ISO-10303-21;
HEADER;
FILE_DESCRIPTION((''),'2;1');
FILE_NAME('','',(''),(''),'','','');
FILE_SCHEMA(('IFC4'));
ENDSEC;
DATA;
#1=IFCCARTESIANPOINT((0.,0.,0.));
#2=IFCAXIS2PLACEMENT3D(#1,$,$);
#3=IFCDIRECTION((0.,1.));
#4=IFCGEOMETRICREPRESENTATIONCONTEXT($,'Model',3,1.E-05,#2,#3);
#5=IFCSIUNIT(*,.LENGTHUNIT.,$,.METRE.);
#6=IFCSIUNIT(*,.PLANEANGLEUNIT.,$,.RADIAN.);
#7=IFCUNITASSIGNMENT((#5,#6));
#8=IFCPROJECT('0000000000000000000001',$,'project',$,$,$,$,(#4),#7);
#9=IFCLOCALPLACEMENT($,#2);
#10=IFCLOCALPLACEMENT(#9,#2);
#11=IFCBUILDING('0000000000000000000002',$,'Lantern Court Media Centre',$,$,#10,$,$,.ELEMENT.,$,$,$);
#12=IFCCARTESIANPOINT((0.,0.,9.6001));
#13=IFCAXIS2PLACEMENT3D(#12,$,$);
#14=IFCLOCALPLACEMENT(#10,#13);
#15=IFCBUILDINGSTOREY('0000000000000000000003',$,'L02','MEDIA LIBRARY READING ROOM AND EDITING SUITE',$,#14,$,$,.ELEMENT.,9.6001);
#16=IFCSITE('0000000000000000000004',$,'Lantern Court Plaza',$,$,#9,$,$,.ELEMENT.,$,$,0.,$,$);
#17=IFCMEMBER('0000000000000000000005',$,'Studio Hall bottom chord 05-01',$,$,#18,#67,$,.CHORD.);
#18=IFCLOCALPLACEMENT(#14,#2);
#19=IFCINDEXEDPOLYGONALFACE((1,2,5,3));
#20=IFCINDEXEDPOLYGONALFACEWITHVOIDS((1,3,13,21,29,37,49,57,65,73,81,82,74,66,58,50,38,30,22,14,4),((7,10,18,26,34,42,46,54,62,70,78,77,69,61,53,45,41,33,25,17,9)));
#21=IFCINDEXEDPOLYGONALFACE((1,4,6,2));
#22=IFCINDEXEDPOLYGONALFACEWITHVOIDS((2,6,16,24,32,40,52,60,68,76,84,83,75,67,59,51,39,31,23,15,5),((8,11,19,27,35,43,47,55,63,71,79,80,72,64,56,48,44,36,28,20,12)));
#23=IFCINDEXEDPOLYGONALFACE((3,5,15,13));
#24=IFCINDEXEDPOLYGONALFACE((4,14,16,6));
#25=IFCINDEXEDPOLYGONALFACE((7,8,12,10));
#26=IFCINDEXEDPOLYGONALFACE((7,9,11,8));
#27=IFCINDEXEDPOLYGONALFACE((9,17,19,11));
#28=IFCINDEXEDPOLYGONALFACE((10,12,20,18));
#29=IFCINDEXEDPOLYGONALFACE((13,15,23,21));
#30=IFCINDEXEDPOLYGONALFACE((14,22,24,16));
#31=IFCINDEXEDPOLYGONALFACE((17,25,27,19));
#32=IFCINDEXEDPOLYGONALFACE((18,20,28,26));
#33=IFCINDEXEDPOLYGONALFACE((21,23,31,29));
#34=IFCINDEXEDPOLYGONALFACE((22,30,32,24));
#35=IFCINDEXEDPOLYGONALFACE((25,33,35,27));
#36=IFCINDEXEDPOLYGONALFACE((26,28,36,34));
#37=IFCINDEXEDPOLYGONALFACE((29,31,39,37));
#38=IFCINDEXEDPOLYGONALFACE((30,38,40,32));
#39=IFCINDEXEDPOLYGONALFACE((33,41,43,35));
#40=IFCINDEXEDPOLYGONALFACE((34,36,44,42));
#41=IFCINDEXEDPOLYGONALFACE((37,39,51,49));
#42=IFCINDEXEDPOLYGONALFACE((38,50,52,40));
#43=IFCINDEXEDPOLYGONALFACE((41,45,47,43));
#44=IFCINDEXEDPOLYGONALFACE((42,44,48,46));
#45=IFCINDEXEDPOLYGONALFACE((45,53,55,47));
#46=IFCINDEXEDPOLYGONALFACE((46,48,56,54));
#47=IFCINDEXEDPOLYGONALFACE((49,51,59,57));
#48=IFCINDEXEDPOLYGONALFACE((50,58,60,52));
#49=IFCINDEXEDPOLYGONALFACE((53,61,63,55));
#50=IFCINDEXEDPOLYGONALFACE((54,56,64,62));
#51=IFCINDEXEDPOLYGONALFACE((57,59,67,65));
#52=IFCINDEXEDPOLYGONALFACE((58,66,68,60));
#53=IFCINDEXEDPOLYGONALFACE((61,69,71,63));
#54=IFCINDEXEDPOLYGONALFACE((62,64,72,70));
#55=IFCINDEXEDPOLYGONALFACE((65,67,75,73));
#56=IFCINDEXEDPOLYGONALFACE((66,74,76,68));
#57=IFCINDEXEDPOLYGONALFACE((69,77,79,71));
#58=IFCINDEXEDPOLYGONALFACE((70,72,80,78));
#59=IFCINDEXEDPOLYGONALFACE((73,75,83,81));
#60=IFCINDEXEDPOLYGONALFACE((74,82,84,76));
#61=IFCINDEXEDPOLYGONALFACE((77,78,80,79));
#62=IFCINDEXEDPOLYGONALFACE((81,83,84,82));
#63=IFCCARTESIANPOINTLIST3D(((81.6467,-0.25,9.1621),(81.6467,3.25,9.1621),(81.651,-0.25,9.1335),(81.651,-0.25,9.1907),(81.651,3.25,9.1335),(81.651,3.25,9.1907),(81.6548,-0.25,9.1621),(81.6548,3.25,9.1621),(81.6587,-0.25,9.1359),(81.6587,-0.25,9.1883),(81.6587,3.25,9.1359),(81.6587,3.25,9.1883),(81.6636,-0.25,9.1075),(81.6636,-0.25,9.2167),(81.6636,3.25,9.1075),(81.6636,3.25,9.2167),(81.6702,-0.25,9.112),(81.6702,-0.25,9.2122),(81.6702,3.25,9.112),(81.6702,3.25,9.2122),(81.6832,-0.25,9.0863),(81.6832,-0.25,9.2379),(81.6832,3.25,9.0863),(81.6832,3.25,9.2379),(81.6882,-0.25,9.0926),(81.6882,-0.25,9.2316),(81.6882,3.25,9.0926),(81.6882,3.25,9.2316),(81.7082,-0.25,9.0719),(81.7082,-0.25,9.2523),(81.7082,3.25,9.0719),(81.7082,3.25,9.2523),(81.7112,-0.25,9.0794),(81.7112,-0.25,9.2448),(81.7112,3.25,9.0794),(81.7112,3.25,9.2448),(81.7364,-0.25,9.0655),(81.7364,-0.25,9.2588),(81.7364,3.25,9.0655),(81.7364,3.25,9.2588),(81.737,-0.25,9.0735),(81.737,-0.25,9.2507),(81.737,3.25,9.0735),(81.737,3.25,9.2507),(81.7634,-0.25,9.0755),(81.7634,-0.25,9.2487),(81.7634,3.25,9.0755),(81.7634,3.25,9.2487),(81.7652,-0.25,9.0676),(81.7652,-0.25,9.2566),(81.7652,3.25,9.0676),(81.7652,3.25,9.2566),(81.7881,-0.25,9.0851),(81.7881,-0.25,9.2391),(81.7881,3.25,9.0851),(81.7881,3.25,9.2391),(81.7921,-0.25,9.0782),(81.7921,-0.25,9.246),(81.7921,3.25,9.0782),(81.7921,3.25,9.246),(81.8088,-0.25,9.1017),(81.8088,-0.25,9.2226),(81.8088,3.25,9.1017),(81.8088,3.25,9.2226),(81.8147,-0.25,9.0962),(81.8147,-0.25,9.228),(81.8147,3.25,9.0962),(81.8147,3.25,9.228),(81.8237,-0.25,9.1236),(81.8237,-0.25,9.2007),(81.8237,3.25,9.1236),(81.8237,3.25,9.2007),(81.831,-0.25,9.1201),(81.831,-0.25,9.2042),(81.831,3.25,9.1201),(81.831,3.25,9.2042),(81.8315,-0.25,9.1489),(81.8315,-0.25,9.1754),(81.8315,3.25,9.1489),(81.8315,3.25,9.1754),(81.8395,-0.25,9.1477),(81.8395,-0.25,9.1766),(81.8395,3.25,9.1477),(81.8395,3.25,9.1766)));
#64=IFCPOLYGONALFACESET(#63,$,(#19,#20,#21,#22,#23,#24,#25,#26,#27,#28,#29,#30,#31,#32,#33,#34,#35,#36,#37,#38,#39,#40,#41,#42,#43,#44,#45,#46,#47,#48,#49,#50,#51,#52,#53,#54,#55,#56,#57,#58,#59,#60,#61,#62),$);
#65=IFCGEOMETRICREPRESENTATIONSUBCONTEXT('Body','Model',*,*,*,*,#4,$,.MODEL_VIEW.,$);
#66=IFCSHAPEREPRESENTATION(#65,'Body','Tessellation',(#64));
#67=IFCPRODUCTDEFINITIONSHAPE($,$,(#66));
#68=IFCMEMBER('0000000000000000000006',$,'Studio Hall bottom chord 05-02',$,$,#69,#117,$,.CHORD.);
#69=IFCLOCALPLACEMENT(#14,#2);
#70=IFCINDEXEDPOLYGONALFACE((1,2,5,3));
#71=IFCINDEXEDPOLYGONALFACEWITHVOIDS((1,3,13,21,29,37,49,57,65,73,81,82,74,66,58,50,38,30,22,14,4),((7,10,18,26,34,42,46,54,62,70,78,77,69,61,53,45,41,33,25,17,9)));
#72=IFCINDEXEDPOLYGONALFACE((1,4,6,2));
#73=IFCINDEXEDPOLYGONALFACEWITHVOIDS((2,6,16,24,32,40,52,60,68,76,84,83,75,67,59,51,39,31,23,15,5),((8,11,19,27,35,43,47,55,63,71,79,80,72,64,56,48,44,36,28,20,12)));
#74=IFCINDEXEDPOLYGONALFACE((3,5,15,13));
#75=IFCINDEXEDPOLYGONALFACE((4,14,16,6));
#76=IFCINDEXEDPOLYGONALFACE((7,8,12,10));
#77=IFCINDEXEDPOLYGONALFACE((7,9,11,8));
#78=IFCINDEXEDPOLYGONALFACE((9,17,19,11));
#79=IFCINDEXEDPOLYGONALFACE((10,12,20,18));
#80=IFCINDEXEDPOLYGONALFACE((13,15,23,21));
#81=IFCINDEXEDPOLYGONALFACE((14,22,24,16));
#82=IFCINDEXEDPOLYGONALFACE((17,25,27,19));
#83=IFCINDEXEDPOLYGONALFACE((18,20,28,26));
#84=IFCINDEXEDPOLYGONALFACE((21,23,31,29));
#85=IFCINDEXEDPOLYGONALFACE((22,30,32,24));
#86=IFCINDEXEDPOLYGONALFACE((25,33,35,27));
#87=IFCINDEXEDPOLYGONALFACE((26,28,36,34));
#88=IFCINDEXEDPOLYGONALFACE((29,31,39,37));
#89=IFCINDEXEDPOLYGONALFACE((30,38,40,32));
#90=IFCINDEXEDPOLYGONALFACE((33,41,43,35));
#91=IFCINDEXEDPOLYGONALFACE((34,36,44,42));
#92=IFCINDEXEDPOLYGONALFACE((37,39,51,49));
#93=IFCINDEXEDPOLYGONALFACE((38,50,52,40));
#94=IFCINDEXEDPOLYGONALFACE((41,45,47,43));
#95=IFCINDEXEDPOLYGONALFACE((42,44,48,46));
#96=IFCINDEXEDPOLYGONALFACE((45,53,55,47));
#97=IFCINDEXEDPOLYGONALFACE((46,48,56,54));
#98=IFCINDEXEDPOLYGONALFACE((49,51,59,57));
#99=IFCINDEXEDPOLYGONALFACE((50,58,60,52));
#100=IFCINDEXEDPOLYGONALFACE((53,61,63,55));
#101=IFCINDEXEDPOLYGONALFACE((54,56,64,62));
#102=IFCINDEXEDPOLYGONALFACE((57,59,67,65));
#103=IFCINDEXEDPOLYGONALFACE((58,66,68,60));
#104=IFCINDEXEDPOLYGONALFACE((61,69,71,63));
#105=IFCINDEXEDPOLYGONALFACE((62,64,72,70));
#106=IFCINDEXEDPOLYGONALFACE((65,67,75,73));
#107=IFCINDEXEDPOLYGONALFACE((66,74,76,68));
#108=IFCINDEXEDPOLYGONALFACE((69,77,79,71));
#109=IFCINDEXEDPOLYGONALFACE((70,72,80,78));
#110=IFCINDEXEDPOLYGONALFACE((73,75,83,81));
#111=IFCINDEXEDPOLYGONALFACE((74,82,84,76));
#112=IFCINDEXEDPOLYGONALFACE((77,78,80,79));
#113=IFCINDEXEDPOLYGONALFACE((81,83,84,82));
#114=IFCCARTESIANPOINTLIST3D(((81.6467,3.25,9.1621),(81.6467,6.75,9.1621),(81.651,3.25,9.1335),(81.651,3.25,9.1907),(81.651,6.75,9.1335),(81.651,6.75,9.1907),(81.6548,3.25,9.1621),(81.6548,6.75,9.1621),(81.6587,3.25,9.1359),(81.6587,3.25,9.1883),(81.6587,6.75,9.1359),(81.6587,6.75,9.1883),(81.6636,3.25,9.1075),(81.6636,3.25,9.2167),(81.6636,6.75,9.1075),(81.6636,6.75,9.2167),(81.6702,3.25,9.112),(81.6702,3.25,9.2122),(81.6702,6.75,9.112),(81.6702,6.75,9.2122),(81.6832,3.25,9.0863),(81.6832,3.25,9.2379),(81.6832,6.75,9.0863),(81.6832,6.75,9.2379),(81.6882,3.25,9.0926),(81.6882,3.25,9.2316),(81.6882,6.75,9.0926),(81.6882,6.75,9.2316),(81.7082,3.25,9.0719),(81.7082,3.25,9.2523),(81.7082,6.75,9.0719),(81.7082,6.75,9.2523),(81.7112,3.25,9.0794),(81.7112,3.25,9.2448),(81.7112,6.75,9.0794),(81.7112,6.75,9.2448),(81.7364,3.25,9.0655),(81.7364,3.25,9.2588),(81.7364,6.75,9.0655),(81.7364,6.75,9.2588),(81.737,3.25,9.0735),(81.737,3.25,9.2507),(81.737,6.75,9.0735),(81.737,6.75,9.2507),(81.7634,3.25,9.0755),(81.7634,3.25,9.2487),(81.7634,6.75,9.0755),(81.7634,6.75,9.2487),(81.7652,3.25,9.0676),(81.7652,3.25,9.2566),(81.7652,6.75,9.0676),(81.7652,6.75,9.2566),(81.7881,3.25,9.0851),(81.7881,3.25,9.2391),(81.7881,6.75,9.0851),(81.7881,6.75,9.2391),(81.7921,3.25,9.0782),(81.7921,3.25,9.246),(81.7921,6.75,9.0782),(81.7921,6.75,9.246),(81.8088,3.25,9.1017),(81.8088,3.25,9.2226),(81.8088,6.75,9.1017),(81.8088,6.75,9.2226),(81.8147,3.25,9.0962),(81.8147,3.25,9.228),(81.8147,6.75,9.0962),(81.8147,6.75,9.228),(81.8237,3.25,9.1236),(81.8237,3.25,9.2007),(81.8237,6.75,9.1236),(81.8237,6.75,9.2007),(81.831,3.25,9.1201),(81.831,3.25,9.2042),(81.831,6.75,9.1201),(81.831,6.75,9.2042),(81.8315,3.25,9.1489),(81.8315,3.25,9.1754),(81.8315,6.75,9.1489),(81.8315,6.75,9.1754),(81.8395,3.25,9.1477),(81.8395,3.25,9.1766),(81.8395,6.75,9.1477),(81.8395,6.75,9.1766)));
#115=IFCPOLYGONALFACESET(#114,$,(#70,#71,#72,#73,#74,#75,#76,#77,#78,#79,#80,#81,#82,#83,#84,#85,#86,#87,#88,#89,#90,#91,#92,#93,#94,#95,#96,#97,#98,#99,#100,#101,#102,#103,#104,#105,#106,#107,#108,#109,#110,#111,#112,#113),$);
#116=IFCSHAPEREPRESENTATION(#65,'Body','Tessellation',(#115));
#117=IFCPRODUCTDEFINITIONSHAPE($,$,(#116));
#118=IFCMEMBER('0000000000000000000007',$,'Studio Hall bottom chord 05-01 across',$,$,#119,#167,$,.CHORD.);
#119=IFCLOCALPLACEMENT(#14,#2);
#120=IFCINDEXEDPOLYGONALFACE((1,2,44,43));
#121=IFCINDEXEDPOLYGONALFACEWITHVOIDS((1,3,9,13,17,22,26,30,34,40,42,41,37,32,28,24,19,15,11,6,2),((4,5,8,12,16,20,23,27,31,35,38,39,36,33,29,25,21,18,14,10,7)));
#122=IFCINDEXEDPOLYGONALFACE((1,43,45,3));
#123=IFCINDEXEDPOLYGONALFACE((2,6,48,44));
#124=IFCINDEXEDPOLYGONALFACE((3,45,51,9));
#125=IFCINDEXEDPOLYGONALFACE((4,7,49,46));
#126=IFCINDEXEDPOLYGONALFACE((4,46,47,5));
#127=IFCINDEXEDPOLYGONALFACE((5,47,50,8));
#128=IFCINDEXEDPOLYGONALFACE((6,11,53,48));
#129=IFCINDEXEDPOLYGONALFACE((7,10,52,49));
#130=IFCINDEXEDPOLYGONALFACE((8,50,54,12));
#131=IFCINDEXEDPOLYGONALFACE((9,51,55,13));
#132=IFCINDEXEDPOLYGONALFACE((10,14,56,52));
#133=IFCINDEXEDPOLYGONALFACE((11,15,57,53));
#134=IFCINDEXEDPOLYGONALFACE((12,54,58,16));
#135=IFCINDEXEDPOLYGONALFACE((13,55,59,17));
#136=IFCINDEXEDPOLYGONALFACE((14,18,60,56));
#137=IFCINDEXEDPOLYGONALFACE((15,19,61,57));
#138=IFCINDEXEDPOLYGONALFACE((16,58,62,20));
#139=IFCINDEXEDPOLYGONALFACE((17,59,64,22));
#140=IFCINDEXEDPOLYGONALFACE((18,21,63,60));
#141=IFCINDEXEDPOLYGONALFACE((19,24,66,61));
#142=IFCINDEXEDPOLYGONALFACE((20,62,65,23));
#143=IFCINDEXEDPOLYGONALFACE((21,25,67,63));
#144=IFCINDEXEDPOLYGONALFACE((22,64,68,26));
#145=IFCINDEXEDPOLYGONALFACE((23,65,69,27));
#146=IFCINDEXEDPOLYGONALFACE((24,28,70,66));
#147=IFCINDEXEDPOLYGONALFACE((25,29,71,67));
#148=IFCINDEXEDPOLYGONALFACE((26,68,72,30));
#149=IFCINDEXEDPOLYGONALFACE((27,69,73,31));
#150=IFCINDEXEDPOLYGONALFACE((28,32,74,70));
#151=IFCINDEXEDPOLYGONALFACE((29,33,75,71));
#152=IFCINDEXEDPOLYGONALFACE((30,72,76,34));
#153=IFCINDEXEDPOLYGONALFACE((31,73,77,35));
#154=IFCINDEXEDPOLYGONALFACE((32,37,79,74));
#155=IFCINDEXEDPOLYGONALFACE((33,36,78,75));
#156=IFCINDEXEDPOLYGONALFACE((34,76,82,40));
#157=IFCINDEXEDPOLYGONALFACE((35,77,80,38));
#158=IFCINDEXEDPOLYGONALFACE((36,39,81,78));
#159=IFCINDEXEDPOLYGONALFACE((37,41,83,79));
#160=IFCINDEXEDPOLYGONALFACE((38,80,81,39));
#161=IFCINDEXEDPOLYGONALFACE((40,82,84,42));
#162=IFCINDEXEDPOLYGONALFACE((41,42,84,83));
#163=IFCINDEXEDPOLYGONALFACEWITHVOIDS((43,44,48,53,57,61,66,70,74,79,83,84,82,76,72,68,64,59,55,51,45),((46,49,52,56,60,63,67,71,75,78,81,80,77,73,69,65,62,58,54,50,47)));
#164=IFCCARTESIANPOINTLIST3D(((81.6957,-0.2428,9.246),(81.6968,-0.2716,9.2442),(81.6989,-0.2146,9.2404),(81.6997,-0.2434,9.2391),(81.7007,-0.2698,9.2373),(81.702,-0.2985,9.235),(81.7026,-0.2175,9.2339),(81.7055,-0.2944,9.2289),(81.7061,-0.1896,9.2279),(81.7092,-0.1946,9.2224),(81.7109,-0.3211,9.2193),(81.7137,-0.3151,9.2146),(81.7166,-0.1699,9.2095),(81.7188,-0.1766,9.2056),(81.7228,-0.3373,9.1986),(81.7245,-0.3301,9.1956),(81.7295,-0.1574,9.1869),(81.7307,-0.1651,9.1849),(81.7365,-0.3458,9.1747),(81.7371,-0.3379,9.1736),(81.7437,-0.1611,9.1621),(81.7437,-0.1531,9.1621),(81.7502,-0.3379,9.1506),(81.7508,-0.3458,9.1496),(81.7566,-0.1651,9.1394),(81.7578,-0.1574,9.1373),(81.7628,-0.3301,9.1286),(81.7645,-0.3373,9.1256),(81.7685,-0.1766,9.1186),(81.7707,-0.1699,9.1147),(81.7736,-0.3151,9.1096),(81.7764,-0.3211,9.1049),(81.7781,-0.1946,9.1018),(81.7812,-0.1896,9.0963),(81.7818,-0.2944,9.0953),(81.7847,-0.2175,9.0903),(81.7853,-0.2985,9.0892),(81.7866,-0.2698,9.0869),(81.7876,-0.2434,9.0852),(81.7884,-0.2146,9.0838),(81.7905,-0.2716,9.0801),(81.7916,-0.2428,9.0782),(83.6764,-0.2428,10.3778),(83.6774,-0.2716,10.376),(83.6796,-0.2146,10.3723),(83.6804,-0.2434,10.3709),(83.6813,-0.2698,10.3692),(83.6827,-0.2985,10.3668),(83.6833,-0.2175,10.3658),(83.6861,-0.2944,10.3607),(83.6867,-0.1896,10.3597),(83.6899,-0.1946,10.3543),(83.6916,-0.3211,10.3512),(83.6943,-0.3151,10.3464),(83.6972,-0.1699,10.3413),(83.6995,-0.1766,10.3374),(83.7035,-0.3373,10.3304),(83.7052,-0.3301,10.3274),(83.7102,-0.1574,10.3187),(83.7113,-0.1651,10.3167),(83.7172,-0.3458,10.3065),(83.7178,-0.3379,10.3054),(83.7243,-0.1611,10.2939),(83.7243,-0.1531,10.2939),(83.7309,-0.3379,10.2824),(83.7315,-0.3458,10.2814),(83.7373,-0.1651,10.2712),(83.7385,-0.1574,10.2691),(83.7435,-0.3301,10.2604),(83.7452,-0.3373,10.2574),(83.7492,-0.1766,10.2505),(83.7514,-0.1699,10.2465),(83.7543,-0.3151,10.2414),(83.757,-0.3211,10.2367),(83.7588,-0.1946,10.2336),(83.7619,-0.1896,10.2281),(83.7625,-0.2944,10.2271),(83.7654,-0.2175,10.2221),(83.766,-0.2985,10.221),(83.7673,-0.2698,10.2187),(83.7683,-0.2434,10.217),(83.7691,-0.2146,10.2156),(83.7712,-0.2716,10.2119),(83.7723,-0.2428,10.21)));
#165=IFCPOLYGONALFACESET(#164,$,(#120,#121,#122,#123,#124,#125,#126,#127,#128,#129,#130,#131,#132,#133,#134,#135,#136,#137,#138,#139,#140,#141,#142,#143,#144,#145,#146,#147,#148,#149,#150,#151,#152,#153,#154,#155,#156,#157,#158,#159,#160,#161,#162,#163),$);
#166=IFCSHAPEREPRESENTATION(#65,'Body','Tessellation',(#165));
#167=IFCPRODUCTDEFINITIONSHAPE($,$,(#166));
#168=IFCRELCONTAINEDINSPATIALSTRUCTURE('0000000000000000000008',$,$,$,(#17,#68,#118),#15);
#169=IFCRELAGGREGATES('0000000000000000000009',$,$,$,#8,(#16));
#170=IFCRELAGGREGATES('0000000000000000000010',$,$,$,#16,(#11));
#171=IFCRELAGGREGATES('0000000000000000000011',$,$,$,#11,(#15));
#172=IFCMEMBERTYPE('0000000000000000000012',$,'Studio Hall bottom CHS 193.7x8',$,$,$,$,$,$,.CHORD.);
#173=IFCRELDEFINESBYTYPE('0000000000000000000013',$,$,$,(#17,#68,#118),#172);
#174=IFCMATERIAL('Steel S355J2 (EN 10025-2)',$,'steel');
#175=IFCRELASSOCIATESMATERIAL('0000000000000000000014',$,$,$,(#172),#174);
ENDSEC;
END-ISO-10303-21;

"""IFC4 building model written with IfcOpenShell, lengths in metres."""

from ifc_helpers import new_model, si_unit, direction, frame, origin, origin_2d, place, context, subcontext, project, spatial, hollow_circle, extrude, material, material_profile, profile_set, type_object, element, save


model = new_model("IFC4")

# Units and contexts
model_context = context("Model", 3, precision=1e-05, world=origin(), true_north=direction((0.0, 1.0)))
body_context = subcontext(model_context, "Body", "Model", "MODEL_VIEW")
ifc_project = project(units=[si_unit("LENGTHUNIT", "METRE"), si_unit("PLANEANGLEUNIT", "RADIAN")], contexts=[model_context])

# Site, building, storey
site_placement = place(None, origin())
site = spatial("IfcSite", under=ifc_project, at=site_placement, Name="Lantern Court Plaza", CompositionType="ELEMENT", RefElevation=0.0)
building_placement = place(site_placement, origin())
building = spatial("IfcBuilding", under=site, at=building_placement, Name="Lantern Court Media Centre", CompositionType="ELEMENT")
storey_placement = place(building_placement, frame((0.0, 0.0, 9.6001)))
storey = spatial("IfcBuildingStorey", under=building, at=storey_placement, Name="L02", Description="MEDIA LIBRARY READING ROOM AND EDITING SUITE", CompositionType="ELEMENT", Elevation=9.6001)

# Members
ifc_material = material(Name="Steel S355J2 (EN 10025-2)", Category="steel")
ifc_material_profile_1 = material_profile(ifc_material, hollow_circle(Radius=0.0969, WallThickness=0.0081, at=origin_2d()), Name="Studio Hall bottom CHS 193.7x8")
ifc_profile_set_1 = profile_set([ifc_material_profile_1], Name="Steel S355J2 (EN 10025-2)")
member_type_1 = type_object("IfcMemberType", Name="Studio Hall bottom CHS 193.7x8", PredefinedType="CHORD", material=ifc_profile_set_1)
for number, where, z_axis, x_axis, name in (
    (1, (81.7437, -0.25, 9.1621), (0.0, 1.0, 0.0), (-1.0, 0.0, 0.0), "Studio Hall bottom chord 05-01"),
    (2, (81.7437, 3.25, 9.1621), (0.0, 1.0, 0.0), (-1.0, 0.0, 0.0), "Studio Hall bottom chord 05-02"),
):
    element("IfcMember", number, at=place(storey_placement, frame(where, z_axis=z_axis, x_axis=x_axis)), inside=storey, type_object=member_type_1, Name=name, PredefinedType="CHORD", context=body_context, shape_type="SweptSolid", body=[
        extrude(hollow_circle(Radius=0.0969, WallThickness=0.0081, at=origin_2d()), origin(), (0.0, 0.0, 1.0), 3.5),
    ])
for number, where, z_axis, x_axis, name in (
    (3, (81.7437, -0.25, 9.1621), (0.868243, 0.0, 0.496139), (0.0, 1.0, 0.0), "Studio Hall bottom chord 05-01 across"),
):
    element("IfcMember", number, at=place(storey_placement, frame(where, z_axis=z_axis, x_axis=x_axis)), inside=storey, type_object=member_type_1, Name=name, PredefinedType="CHORD", context=body_context, shape_type="SweptSolid", body=[
        extrude(hollow_circle(Radius=0.0969, WallThickness=0.0081, at=origin_2d()), origin(), (0.0, 0.0, 1.0), 2.2812),
    ])

save(model, "model.ifc")
